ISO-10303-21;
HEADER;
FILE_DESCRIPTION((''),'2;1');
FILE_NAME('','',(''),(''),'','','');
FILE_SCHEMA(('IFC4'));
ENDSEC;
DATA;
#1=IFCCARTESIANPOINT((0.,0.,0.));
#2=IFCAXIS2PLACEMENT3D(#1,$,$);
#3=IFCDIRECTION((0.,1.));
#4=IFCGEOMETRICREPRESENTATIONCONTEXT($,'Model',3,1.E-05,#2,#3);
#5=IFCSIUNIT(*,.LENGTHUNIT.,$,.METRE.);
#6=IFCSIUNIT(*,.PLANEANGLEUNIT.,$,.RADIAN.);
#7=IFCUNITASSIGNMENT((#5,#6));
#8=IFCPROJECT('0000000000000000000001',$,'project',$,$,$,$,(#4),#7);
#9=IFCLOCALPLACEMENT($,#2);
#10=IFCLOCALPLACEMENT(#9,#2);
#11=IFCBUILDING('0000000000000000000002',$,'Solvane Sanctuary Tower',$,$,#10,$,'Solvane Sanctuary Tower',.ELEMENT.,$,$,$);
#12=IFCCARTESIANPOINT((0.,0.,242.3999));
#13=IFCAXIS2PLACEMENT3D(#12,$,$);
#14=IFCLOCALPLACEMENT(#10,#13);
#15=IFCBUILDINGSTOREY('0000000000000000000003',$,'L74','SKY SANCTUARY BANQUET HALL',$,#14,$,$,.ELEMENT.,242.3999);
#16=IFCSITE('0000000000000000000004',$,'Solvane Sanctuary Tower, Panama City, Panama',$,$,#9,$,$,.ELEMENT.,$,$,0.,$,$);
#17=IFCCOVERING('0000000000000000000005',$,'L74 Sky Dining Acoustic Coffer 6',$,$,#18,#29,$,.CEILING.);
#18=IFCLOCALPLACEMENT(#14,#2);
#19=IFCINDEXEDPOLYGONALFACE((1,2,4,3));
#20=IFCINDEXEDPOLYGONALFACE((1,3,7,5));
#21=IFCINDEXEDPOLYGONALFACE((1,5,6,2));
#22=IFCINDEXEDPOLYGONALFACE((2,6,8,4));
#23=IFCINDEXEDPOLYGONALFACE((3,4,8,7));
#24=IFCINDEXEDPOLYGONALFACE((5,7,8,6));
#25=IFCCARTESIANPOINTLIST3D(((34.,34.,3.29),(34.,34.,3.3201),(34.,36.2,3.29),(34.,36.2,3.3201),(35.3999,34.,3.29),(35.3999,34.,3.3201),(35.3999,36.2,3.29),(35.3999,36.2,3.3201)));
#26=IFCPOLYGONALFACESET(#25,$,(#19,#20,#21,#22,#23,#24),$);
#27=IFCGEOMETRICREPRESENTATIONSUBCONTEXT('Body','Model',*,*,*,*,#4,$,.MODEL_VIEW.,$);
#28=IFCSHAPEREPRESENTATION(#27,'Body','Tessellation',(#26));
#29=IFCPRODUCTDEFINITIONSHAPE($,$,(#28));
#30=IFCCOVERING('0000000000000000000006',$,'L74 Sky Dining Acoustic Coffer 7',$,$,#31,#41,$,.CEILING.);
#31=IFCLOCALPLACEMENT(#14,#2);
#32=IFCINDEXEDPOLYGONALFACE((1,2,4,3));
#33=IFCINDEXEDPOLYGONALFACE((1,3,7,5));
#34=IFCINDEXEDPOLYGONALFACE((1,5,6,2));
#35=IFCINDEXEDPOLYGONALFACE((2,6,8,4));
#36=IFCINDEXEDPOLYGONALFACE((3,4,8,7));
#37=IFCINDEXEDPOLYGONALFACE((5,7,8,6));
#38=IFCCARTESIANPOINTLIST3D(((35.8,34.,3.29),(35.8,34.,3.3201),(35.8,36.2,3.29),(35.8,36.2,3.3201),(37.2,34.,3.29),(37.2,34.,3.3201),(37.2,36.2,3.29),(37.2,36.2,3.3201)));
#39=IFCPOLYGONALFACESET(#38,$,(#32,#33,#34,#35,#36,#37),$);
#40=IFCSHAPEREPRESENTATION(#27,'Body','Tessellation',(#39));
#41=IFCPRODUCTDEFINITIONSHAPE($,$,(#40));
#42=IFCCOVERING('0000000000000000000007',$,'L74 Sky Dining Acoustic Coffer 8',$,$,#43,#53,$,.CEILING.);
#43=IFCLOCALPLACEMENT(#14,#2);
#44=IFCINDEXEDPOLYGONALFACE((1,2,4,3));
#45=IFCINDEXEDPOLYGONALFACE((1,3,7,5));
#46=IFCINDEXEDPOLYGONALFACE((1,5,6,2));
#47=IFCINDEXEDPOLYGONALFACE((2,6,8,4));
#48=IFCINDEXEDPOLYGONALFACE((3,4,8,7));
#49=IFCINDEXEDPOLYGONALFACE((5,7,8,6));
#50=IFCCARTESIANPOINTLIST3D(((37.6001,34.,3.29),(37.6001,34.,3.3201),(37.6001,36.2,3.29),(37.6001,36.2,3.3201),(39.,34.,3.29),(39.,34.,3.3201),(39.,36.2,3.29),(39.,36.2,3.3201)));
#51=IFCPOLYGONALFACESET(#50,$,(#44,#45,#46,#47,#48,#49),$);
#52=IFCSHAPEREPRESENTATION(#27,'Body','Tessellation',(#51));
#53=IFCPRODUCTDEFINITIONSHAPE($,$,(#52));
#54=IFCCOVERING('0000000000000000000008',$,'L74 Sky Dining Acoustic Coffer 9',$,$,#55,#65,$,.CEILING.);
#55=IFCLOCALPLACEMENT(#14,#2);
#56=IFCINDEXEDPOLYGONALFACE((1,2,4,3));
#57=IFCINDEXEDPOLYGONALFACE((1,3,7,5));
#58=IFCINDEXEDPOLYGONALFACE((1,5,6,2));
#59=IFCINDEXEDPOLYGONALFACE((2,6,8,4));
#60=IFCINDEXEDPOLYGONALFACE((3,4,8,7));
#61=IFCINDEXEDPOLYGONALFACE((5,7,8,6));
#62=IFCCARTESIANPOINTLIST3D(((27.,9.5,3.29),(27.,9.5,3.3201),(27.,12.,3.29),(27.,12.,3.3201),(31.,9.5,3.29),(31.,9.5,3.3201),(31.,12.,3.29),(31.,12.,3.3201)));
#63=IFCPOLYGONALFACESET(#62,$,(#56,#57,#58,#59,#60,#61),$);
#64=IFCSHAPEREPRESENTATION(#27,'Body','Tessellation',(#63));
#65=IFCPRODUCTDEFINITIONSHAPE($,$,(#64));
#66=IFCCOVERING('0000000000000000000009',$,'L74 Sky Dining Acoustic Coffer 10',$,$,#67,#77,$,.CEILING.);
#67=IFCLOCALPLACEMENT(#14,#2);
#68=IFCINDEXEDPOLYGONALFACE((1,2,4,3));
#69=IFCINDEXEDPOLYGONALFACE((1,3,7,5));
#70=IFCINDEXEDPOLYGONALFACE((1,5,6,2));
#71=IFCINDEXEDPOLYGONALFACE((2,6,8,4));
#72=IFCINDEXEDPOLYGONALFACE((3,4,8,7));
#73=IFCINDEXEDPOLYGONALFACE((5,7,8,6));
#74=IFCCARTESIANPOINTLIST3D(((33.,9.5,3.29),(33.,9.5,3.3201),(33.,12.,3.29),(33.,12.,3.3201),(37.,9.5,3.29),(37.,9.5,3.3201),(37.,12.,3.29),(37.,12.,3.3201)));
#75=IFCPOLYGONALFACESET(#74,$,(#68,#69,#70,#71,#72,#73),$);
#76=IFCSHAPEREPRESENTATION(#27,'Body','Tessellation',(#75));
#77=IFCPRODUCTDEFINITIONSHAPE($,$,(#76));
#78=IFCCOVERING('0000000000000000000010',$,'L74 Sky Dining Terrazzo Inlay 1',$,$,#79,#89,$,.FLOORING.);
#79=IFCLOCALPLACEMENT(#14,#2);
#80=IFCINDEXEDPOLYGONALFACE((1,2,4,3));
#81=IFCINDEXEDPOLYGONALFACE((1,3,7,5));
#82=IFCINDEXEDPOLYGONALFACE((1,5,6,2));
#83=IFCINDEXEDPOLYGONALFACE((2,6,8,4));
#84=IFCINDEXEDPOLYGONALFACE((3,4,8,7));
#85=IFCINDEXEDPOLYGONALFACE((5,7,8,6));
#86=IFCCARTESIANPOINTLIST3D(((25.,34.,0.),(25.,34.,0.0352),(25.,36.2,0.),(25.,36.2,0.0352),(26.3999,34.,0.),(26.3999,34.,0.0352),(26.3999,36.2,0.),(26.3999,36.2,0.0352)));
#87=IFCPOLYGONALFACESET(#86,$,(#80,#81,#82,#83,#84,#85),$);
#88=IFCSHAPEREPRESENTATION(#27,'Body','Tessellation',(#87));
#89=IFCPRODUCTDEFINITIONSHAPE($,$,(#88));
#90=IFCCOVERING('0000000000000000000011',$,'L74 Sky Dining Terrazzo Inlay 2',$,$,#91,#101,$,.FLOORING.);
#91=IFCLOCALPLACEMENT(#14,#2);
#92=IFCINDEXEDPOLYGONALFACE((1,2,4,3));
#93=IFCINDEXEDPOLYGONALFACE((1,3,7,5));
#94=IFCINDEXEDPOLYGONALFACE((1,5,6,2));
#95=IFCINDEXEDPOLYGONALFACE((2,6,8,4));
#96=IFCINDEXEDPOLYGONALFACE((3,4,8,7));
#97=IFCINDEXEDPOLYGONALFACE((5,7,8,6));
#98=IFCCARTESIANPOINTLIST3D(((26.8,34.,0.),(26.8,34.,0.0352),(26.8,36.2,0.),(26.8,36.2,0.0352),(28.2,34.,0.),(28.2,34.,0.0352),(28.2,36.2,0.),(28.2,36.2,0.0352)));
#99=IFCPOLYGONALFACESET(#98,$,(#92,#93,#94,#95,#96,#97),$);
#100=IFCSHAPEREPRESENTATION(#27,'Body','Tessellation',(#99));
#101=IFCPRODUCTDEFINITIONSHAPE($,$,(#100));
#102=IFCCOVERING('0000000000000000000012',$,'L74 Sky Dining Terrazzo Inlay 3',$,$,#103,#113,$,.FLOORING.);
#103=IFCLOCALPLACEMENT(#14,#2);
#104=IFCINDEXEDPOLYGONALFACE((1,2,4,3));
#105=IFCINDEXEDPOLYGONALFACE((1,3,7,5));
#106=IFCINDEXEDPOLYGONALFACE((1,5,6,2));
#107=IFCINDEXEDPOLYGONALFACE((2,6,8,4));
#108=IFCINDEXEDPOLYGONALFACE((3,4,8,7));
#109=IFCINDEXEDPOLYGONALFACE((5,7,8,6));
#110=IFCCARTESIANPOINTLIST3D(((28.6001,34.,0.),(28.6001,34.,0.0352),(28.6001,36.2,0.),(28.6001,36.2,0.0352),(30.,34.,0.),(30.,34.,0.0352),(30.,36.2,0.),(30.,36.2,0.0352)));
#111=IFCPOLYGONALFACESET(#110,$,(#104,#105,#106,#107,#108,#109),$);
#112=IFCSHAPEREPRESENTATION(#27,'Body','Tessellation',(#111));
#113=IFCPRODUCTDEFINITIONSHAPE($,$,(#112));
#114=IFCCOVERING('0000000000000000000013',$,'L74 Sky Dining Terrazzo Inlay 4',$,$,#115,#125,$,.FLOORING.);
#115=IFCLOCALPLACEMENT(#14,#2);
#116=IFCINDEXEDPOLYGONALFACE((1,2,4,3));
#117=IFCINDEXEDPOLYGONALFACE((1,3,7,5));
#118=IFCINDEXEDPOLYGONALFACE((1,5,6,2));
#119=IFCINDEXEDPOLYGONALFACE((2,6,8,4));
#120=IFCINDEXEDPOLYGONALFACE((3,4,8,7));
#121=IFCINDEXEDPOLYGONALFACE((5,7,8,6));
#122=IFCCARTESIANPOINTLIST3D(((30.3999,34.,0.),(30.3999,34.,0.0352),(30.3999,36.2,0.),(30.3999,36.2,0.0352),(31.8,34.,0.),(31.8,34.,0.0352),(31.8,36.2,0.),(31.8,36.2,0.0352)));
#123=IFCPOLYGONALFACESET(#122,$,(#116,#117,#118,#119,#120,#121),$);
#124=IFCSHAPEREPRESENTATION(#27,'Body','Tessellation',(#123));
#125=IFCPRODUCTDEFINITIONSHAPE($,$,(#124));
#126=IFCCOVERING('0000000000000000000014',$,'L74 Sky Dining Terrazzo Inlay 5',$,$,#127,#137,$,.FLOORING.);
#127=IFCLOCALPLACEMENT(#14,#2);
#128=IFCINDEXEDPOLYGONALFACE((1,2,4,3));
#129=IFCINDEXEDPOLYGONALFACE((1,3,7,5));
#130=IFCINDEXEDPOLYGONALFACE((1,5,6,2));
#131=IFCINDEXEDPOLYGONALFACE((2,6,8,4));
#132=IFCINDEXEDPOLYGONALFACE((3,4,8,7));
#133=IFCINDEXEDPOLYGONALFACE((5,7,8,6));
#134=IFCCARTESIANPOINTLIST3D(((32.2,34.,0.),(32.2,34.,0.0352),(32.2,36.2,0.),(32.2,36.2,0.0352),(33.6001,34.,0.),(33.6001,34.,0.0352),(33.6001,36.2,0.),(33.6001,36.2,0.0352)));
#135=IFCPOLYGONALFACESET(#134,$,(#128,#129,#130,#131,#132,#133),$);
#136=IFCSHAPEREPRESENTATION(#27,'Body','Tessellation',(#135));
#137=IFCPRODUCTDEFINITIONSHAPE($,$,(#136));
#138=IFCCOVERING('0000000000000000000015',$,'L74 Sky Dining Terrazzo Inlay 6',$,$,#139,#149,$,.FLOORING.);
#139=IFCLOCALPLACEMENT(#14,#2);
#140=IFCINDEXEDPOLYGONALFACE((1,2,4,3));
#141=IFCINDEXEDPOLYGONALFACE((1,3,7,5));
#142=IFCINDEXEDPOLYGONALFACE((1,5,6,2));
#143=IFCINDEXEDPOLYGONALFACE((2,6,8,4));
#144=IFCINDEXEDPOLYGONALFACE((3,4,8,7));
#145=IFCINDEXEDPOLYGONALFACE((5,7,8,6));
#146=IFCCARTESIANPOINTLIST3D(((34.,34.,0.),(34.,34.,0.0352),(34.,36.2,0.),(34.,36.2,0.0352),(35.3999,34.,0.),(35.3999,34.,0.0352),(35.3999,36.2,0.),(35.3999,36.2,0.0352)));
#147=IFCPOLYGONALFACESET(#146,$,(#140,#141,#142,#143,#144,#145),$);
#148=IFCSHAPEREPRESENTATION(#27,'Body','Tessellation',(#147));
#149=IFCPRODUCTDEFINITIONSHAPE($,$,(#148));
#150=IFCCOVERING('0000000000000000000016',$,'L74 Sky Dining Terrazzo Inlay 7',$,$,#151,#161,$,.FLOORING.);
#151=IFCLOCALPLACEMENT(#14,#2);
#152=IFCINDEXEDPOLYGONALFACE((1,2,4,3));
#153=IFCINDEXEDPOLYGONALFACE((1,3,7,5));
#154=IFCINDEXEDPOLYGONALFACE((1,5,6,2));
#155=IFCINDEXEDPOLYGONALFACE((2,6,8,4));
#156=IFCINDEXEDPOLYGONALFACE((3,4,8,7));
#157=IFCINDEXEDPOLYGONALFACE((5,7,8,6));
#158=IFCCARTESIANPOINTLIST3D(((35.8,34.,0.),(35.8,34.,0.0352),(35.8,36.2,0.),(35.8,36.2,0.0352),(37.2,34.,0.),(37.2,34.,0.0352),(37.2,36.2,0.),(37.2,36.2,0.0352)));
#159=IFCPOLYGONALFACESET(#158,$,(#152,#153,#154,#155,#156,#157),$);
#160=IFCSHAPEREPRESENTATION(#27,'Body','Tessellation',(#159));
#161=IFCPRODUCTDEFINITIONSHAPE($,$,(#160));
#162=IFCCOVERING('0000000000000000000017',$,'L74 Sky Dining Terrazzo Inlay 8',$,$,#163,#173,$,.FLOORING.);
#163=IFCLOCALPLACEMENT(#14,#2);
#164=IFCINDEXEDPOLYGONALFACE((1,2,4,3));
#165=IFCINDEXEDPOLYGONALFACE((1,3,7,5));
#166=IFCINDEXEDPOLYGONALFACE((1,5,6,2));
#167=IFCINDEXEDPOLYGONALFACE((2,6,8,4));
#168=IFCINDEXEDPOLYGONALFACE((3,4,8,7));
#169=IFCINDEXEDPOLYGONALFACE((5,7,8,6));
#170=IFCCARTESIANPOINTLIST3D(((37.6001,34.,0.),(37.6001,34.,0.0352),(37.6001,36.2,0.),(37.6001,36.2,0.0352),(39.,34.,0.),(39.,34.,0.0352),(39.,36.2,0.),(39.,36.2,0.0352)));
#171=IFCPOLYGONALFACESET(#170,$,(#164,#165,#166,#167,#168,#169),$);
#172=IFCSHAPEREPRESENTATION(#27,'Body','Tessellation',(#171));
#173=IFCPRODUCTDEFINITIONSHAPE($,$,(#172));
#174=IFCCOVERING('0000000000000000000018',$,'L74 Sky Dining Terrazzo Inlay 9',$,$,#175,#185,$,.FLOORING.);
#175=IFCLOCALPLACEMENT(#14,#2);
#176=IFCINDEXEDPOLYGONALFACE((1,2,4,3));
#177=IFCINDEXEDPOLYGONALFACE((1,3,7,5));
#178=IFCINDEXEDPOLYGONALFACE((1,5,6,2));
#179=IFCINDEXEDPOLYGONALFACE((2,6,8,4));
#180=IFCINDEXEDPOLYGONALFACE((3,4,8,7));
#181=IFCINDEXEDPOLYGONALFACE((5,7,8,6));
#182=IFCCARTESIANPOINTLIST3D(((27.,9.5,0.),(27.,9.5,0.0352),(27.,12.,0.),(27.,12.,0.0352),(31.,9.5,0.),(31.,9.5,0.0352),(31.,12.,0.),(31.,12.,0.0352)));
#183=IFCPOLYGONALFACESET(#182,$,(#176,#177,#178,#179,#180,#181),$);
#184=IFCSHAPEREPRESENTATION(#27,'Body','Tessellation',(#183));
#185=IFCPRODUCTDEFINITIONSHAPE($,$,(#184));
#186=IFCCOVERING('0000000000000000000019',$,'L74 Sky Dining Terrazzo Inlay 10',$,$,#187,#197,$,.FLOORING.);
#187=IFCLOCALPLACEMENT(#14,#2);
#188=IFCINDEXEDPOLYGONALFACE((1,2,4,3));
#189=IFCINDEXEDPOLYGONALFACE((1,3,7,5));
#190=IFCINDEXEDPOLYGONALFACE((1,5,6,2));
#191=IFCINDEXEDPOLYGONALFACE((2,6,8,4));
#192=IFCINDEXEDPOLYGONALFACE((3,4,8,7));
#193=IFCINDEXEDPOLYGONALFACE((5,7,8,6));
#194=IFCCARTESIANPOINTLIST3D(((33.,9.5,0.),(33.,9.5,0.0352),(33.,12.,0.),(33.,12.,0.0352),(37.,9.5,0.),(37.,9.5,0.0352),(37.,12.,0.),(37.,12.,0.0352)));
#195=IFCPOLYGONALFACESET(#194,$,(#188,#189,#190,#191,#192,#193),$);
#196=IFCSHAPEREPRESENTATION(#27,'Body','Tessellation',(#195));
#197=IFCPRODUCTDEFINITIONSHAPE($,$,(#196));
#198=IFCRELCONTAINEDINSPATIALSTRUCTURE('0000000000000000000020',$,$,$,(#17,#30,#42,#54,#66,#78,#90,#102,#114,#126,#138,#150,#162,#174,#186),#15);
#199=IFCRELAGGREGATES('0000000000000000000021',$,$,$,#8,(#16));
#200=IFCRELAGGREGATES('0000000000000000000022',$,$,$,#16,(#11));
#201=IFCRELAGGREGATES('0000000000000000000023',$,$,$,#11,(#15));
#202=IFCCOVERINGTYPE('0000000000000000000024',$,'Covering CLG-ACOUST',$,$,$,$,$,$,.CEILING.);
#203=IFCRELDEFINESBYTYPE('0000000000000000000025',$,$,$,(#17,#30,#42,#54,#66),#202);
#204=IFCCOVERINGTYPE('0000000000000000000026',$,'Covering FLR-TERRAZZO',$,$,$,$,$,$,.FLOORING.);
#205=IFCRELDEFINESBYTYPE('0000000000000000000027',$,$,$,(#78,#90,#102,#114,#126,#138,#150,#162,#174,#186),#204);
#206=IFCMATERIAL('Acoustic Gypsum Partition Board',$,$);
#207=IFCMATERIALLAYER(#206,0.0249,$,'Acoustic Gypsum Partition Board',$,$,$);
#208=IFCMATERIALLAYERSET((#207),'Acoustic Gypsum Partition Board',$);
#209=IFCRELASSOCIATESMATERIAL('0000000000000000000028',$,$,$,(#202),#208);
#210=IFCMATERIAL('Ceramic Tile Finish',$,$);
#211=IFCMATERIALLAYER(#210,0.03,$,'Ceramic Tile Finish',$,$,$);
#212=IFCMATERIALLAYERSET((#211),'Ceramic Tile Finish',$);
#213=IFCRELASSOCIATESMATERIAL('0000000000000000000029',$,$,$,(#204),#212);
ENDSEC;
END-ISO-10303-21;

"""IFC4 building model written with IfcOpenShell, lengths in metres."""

from ifc_helpers import new_model, si_unit, direction, frame, origin, place, context, subcontext, project, spatial, polyline, outline, extrude, material, layer, layer_set, type_object, element, save


model = new_model("IFC4")

# Units and contexts
model_context = context("Model", 3, precision=1e-05, world=origin(), true_north=direction((0.0, 1.0)))
body_context = subcontext(model_context, "Body", "Model", "MODEL_VIEW")
ifc_project = project(units=[si_unit("LENGTHUNIT", "METRE"), si_unit("PLANEANGLEUNIT", "RADIAN")], contexts=[model_context])

# Site, building, storey
site_placement = place(None, origin())
site = spatial("IfcSite", under=ifc_project, at=site_placement, Name="Solvane Sanctuary Tower, Panama City, Panama", CompositionType="ELEMENT", RefElevation=0.0)
building_placement = place(site_placement, origin())
building = spatial("IfcBuilding", under=site, at=building_placement, Name="Solvane Sanctuary Tower", LongName="Solvane Sanctuary Tower", CompositionType="ELEMENT")
storey_placement = place(building_placement, frame((0.0, 0.0, 242.3999)))
storey = spatial("IfcBuildingStorey", under=building, at=storey_placement, Name="L74", Description="SKY SANCTUARY BANQUET HALL", CompositionType="ELEMENT", Elevation=242.3999)

# Coverings
ifc_material_1 = material(Name="Acoustic Gypsum Partition Board")
ifc_layer_1 = layer(ifc_material_1, 0.0249, Name="Acoustic Gypsum Partition Board")
ifc_layer_set_1 = layer_set([ifc_layer_1], Name="Acoustic Gypsum Partition Board")
covering_type_1 = type_object("IfcCoveringType", Name="Covering CLG-ACOUST", PredefinedType="CEILING", material=ifc_layer_set_1)
covering_1_placement = place(storey_placement, frame((0.0, 0.0, 3.29)))
element("IfcCovering", 1, at=covering_1_placement, inside=storey, type_object=covering_type_1, Name="L74 Sky Dining Acoustic Coffer 6", PredefinedType="CEILING", context=body_context, shape_type="SweptSolid", body=[
    extrude(outline(polyline([(34.0, 34.0), (35.3999, 34.0), (35.3999, 36.2), (34.0, 36.2), (34.0, 34.0)])), origin(), (0.0, 0.0, 1.0), 0.03),
])
covering_2_placement = place(storey_placement, frame((0.0, 0.0, 3.29)))
element("IfcCovering", 2, at=covering_2_placement, inside=storey, type_object=covering_type_1, Name="L74 Sky Dining Acoustic Coffer 7", PredefinedType="CEILING", context=body_context, shape_type="SweptSolid", body=[
    extrude(outline(polyline([(35.8, 34.0), (37.2, 34.0), (37.2, 36.2), (35.8, 36.2), (35.8, 34.0)])), origin(), (0.0, 0.0, 1.0), 0.03),
])
covering_3_placement = place(storey_placement, frame((0.0, 0.0, 3.29)))
element("IfcCovering", 3, at=covering_3_placement, inside=storey, type_object=covering_type_1, Name="L74 Sky Dining Acoustic Coffer 8", PredefinedType="CEILING", context=body_context, shape_type="SweptSolid", body=[
    extrude(outline(polyline([(37.6001, 34.0), (39.0, 34.0), (39.0, 36.2), (37.6001, 36.2), (37.6001, 34.0)])), origin(), (0.0, 0.0, 1.0), 0.03),
])
covering_4_placement = place(storey_placement, frame((0.0, 0.0, 3.29)))
element("IfcCovering", 4, at=covering_4_placement, inside=storey, type_object=covering_type_1, Name="L74 Sky Dining Acoustic Coffer 9", PredefinedType="CEILING", context=body_context, shape_type="SweptSolid", body=[
    extrude(outline(polyline([(27.0, 9.5), (31.0, 9.5), (31.0, 12.0), (27.0, 12.0), (27.0, 9.5)])), origin(), (0.0, 0.0, 1.0), 0.03),
])
covering_5_placement = place(storey_placement, frame((0.0, 0.0, 3.29)))
element("IfcCovering", 5, at=covering_5_placement, inside=storey, type_object=covering_type_1, Name="L74 Sky Dining Acoustic Coffer 10", PredefinedType="CEILING", context=body_context, shape_type="SweptSolid", body=[
    extrude(outline(polyline([(33.0, 9.5), (37.0, 9.5), (37.0, 12.0), (33.0, 12.0), (33.0, 9.5)])), origin(), (0.0, 0.0, 1.0), 0.03),
])
ifc_material_2 = material(Name="Ceramic Tile Finish")
ifc_layer_2 = layer(ifc_material_2, 0.03, Name="Ceramic Tile Finish")
ifc_layer_set_2 = layer_set([ifc_layer_2], Name="Ceramic Tile Finish")
covering_type_2 = type_object("IfcCoveringType", Name="Covering FLR-TERRAZZO", PredefinedType="FLOORING", material=ifc_layer_set_2)
covering_6_placement = place(storey_placement, origin())
element("IfcCovering", 6, at=covering_6_placement, inside=storey, type_object=covering_type_2, Name="L74 Sky Dining Terrazzo Inlay 1", PredefinedType="FLOORING", context=body_context, shape_type="SweptSolid", body=[
    extrude(outline(polyline([(25.0, 34.0), (26.3999, 34.0), (26.3999, 36.2), (25.0, 36.2), (25.0, 34.0)])), origin(), (0.0, 0.0, 1.0), 0.0352),
])
covering_7_placement = place(storey_placement, origin())
element("IfcCovering", 7, at=covering_7_placement, inside=storey, type_object=covering_type_2, Name="L74 Sky Dining Terrazzo Inlay 2", PredefinedType="FLOORING", context=body_context, shape_type="SweptSolid", body=[
    extrude(outline(polyline([(26.8, 34.0), (28.2, 34.0), (28.2, 36.2), (26.8, 36.2), (26.8, 34.0)])), origin(), (0.0, 0.0, 1.0), 0.0352),
])
covering_8_placement = place(storey_placement, origin())
element("IfcCovering", 8, at=covering_8_placement, inside=storey, type_object=covering_type_2, Name="L74 Sky Dining Terrazzo Inlay 3", PredefinedType="FLOORING", context=body_context, shape_type="SweptSolid", body=[
    extrude(outline(polyline([(28.6001, 34.0), (30.0, 34.0), (30.0, 36.2), (28.6001, 36.2), (28.6001, 34.0)])), origin(), (0.0, 0.0, 1.0), 0.0352),
])
covering_9_placement = place(storey_placement, origin())
element("IfcCovering", 9, at=covering_9_placement, inside=storey, type_object=covering_type_2, Name="L74 Sky Dining Terrazzo Inlay 4", PredefinedType="FLOORING", context=body_context, shape_type="SweptSolid", body=[
    extrude(outline(polyline([(30.3999, 34.0), (31.8, 34.0), (31.8, 36.2), (30.3999, 36.2), (30.3999, 34.0)])), origin(), (0.0, 0.0, 1.0), 0.0352),
])
covering_10_placement = place(storey_placement, origin())
element("IfcCovering", 10, at=covering_10_placement, inside=storey, type_object=covering_type_2, Name="L74 Sky Dining Terrazzo Inlay 5", PredefinedType="FLOORING", context=body_context, shape_type="SweptSolid", body=[
    extrude(outline(polyline([(32.2, 34.0), (33.6001, 34.0), (33.6001, 36.2), (32.2, 36.2), (32.2, 34.0)])), origin(), (0.0, 0.0, 1.0), 0.0352),
])
covering_11_placement = place(storey_placement, origin())
element("IfcCovering", 11, at=covering_11_placement, inside=storey, type_object=covering_type_2, Name="L74 Sky Dining Terrazzo Inlay 6", PredefinedType="FLOORING", context=body_context, shape_type="SweptSolid", body=[
    extrude(outline(polyline([(34.0, 34.0), (35.3999, 34.0), (35.3999, 36.2), (34.0, 36.2), (34.0, 34.0)])), origin(), (0.0, 0.0, 1.0), 0.0352),
])
covering_12_placement = place(storey_placement, origin())
element("IfcCovering", 12, at=covering_12_placement, inside=storey, type_object=covering_type_2, Name="L74 Sky Dining Terrazzo Inlay 7", PredefinedType="FLOORING", context=body_context, shape_type="SweptSolid", body=[
    extrude(outline(polyline([(35.8, 34.0), (37.2, 34.0), (37.2, 36.2), (35.8, 36.2), (35.8, 34.0)])), origin(), (0.0, 0.0, 1.0), 0.0352),
])
covering_13_placement = place(storey_placement, origin())
element("IfcCovering", 13, at=covering_13_placement, inside=storey, type_object=covering_type_2, Name="L74 Sky Dining Terrazzo Inlay 8", PredefinedType="FLOORING", context=body_context, shape_type="SweptSolid", body=[
    extrude(outline(polyline([(37.6001, 34.0), (39.0, 34.0), (39.0, 36.2), (37.6001, 36.2), (37.6001, 34.0)])), origin(), (0.0, 0.0, 1.0), 0.0352),
])
covering_14_placement = place(storey_placement, origin())
element("IfcCovering", 14, at=covering_14_placement, inside=storey, type_object=covering_type_2, Name="L74 Sky Dining Terrazzo Inlay 9", PredefinedType="FLOORING", context=body_context, shape_type="SweptSolid", body=[
    extrude(outline(polyline([(27.0, 9.5), (31.0, 9.5), (31.0, 12.0), (27.0, 12.0), (27.0, 9.5)])), origin(), (0.0, 0.0, 1.0), 0.0352),
])
covering_15_placement = place(storey_placement, origin())
element("IfcCovering", 15, at=covering_15_placement, inside=storey, type_object=covering_type_2, Name="L74 Sky Dining Terrazzo Inlay 10", PredefinedType="FLOORING", context=body_context, shape_type="SweptSolid", body=[
    extrude(outline(polyline([(33.0, 9.5), (37.0, 9.5), (37.0, 12.0), (33.0, 12.0), (33.0, 9.5)])), origin(), (0.0, 0.0, 1.0), 0.0352),
])

save(model, "model.ifc")
